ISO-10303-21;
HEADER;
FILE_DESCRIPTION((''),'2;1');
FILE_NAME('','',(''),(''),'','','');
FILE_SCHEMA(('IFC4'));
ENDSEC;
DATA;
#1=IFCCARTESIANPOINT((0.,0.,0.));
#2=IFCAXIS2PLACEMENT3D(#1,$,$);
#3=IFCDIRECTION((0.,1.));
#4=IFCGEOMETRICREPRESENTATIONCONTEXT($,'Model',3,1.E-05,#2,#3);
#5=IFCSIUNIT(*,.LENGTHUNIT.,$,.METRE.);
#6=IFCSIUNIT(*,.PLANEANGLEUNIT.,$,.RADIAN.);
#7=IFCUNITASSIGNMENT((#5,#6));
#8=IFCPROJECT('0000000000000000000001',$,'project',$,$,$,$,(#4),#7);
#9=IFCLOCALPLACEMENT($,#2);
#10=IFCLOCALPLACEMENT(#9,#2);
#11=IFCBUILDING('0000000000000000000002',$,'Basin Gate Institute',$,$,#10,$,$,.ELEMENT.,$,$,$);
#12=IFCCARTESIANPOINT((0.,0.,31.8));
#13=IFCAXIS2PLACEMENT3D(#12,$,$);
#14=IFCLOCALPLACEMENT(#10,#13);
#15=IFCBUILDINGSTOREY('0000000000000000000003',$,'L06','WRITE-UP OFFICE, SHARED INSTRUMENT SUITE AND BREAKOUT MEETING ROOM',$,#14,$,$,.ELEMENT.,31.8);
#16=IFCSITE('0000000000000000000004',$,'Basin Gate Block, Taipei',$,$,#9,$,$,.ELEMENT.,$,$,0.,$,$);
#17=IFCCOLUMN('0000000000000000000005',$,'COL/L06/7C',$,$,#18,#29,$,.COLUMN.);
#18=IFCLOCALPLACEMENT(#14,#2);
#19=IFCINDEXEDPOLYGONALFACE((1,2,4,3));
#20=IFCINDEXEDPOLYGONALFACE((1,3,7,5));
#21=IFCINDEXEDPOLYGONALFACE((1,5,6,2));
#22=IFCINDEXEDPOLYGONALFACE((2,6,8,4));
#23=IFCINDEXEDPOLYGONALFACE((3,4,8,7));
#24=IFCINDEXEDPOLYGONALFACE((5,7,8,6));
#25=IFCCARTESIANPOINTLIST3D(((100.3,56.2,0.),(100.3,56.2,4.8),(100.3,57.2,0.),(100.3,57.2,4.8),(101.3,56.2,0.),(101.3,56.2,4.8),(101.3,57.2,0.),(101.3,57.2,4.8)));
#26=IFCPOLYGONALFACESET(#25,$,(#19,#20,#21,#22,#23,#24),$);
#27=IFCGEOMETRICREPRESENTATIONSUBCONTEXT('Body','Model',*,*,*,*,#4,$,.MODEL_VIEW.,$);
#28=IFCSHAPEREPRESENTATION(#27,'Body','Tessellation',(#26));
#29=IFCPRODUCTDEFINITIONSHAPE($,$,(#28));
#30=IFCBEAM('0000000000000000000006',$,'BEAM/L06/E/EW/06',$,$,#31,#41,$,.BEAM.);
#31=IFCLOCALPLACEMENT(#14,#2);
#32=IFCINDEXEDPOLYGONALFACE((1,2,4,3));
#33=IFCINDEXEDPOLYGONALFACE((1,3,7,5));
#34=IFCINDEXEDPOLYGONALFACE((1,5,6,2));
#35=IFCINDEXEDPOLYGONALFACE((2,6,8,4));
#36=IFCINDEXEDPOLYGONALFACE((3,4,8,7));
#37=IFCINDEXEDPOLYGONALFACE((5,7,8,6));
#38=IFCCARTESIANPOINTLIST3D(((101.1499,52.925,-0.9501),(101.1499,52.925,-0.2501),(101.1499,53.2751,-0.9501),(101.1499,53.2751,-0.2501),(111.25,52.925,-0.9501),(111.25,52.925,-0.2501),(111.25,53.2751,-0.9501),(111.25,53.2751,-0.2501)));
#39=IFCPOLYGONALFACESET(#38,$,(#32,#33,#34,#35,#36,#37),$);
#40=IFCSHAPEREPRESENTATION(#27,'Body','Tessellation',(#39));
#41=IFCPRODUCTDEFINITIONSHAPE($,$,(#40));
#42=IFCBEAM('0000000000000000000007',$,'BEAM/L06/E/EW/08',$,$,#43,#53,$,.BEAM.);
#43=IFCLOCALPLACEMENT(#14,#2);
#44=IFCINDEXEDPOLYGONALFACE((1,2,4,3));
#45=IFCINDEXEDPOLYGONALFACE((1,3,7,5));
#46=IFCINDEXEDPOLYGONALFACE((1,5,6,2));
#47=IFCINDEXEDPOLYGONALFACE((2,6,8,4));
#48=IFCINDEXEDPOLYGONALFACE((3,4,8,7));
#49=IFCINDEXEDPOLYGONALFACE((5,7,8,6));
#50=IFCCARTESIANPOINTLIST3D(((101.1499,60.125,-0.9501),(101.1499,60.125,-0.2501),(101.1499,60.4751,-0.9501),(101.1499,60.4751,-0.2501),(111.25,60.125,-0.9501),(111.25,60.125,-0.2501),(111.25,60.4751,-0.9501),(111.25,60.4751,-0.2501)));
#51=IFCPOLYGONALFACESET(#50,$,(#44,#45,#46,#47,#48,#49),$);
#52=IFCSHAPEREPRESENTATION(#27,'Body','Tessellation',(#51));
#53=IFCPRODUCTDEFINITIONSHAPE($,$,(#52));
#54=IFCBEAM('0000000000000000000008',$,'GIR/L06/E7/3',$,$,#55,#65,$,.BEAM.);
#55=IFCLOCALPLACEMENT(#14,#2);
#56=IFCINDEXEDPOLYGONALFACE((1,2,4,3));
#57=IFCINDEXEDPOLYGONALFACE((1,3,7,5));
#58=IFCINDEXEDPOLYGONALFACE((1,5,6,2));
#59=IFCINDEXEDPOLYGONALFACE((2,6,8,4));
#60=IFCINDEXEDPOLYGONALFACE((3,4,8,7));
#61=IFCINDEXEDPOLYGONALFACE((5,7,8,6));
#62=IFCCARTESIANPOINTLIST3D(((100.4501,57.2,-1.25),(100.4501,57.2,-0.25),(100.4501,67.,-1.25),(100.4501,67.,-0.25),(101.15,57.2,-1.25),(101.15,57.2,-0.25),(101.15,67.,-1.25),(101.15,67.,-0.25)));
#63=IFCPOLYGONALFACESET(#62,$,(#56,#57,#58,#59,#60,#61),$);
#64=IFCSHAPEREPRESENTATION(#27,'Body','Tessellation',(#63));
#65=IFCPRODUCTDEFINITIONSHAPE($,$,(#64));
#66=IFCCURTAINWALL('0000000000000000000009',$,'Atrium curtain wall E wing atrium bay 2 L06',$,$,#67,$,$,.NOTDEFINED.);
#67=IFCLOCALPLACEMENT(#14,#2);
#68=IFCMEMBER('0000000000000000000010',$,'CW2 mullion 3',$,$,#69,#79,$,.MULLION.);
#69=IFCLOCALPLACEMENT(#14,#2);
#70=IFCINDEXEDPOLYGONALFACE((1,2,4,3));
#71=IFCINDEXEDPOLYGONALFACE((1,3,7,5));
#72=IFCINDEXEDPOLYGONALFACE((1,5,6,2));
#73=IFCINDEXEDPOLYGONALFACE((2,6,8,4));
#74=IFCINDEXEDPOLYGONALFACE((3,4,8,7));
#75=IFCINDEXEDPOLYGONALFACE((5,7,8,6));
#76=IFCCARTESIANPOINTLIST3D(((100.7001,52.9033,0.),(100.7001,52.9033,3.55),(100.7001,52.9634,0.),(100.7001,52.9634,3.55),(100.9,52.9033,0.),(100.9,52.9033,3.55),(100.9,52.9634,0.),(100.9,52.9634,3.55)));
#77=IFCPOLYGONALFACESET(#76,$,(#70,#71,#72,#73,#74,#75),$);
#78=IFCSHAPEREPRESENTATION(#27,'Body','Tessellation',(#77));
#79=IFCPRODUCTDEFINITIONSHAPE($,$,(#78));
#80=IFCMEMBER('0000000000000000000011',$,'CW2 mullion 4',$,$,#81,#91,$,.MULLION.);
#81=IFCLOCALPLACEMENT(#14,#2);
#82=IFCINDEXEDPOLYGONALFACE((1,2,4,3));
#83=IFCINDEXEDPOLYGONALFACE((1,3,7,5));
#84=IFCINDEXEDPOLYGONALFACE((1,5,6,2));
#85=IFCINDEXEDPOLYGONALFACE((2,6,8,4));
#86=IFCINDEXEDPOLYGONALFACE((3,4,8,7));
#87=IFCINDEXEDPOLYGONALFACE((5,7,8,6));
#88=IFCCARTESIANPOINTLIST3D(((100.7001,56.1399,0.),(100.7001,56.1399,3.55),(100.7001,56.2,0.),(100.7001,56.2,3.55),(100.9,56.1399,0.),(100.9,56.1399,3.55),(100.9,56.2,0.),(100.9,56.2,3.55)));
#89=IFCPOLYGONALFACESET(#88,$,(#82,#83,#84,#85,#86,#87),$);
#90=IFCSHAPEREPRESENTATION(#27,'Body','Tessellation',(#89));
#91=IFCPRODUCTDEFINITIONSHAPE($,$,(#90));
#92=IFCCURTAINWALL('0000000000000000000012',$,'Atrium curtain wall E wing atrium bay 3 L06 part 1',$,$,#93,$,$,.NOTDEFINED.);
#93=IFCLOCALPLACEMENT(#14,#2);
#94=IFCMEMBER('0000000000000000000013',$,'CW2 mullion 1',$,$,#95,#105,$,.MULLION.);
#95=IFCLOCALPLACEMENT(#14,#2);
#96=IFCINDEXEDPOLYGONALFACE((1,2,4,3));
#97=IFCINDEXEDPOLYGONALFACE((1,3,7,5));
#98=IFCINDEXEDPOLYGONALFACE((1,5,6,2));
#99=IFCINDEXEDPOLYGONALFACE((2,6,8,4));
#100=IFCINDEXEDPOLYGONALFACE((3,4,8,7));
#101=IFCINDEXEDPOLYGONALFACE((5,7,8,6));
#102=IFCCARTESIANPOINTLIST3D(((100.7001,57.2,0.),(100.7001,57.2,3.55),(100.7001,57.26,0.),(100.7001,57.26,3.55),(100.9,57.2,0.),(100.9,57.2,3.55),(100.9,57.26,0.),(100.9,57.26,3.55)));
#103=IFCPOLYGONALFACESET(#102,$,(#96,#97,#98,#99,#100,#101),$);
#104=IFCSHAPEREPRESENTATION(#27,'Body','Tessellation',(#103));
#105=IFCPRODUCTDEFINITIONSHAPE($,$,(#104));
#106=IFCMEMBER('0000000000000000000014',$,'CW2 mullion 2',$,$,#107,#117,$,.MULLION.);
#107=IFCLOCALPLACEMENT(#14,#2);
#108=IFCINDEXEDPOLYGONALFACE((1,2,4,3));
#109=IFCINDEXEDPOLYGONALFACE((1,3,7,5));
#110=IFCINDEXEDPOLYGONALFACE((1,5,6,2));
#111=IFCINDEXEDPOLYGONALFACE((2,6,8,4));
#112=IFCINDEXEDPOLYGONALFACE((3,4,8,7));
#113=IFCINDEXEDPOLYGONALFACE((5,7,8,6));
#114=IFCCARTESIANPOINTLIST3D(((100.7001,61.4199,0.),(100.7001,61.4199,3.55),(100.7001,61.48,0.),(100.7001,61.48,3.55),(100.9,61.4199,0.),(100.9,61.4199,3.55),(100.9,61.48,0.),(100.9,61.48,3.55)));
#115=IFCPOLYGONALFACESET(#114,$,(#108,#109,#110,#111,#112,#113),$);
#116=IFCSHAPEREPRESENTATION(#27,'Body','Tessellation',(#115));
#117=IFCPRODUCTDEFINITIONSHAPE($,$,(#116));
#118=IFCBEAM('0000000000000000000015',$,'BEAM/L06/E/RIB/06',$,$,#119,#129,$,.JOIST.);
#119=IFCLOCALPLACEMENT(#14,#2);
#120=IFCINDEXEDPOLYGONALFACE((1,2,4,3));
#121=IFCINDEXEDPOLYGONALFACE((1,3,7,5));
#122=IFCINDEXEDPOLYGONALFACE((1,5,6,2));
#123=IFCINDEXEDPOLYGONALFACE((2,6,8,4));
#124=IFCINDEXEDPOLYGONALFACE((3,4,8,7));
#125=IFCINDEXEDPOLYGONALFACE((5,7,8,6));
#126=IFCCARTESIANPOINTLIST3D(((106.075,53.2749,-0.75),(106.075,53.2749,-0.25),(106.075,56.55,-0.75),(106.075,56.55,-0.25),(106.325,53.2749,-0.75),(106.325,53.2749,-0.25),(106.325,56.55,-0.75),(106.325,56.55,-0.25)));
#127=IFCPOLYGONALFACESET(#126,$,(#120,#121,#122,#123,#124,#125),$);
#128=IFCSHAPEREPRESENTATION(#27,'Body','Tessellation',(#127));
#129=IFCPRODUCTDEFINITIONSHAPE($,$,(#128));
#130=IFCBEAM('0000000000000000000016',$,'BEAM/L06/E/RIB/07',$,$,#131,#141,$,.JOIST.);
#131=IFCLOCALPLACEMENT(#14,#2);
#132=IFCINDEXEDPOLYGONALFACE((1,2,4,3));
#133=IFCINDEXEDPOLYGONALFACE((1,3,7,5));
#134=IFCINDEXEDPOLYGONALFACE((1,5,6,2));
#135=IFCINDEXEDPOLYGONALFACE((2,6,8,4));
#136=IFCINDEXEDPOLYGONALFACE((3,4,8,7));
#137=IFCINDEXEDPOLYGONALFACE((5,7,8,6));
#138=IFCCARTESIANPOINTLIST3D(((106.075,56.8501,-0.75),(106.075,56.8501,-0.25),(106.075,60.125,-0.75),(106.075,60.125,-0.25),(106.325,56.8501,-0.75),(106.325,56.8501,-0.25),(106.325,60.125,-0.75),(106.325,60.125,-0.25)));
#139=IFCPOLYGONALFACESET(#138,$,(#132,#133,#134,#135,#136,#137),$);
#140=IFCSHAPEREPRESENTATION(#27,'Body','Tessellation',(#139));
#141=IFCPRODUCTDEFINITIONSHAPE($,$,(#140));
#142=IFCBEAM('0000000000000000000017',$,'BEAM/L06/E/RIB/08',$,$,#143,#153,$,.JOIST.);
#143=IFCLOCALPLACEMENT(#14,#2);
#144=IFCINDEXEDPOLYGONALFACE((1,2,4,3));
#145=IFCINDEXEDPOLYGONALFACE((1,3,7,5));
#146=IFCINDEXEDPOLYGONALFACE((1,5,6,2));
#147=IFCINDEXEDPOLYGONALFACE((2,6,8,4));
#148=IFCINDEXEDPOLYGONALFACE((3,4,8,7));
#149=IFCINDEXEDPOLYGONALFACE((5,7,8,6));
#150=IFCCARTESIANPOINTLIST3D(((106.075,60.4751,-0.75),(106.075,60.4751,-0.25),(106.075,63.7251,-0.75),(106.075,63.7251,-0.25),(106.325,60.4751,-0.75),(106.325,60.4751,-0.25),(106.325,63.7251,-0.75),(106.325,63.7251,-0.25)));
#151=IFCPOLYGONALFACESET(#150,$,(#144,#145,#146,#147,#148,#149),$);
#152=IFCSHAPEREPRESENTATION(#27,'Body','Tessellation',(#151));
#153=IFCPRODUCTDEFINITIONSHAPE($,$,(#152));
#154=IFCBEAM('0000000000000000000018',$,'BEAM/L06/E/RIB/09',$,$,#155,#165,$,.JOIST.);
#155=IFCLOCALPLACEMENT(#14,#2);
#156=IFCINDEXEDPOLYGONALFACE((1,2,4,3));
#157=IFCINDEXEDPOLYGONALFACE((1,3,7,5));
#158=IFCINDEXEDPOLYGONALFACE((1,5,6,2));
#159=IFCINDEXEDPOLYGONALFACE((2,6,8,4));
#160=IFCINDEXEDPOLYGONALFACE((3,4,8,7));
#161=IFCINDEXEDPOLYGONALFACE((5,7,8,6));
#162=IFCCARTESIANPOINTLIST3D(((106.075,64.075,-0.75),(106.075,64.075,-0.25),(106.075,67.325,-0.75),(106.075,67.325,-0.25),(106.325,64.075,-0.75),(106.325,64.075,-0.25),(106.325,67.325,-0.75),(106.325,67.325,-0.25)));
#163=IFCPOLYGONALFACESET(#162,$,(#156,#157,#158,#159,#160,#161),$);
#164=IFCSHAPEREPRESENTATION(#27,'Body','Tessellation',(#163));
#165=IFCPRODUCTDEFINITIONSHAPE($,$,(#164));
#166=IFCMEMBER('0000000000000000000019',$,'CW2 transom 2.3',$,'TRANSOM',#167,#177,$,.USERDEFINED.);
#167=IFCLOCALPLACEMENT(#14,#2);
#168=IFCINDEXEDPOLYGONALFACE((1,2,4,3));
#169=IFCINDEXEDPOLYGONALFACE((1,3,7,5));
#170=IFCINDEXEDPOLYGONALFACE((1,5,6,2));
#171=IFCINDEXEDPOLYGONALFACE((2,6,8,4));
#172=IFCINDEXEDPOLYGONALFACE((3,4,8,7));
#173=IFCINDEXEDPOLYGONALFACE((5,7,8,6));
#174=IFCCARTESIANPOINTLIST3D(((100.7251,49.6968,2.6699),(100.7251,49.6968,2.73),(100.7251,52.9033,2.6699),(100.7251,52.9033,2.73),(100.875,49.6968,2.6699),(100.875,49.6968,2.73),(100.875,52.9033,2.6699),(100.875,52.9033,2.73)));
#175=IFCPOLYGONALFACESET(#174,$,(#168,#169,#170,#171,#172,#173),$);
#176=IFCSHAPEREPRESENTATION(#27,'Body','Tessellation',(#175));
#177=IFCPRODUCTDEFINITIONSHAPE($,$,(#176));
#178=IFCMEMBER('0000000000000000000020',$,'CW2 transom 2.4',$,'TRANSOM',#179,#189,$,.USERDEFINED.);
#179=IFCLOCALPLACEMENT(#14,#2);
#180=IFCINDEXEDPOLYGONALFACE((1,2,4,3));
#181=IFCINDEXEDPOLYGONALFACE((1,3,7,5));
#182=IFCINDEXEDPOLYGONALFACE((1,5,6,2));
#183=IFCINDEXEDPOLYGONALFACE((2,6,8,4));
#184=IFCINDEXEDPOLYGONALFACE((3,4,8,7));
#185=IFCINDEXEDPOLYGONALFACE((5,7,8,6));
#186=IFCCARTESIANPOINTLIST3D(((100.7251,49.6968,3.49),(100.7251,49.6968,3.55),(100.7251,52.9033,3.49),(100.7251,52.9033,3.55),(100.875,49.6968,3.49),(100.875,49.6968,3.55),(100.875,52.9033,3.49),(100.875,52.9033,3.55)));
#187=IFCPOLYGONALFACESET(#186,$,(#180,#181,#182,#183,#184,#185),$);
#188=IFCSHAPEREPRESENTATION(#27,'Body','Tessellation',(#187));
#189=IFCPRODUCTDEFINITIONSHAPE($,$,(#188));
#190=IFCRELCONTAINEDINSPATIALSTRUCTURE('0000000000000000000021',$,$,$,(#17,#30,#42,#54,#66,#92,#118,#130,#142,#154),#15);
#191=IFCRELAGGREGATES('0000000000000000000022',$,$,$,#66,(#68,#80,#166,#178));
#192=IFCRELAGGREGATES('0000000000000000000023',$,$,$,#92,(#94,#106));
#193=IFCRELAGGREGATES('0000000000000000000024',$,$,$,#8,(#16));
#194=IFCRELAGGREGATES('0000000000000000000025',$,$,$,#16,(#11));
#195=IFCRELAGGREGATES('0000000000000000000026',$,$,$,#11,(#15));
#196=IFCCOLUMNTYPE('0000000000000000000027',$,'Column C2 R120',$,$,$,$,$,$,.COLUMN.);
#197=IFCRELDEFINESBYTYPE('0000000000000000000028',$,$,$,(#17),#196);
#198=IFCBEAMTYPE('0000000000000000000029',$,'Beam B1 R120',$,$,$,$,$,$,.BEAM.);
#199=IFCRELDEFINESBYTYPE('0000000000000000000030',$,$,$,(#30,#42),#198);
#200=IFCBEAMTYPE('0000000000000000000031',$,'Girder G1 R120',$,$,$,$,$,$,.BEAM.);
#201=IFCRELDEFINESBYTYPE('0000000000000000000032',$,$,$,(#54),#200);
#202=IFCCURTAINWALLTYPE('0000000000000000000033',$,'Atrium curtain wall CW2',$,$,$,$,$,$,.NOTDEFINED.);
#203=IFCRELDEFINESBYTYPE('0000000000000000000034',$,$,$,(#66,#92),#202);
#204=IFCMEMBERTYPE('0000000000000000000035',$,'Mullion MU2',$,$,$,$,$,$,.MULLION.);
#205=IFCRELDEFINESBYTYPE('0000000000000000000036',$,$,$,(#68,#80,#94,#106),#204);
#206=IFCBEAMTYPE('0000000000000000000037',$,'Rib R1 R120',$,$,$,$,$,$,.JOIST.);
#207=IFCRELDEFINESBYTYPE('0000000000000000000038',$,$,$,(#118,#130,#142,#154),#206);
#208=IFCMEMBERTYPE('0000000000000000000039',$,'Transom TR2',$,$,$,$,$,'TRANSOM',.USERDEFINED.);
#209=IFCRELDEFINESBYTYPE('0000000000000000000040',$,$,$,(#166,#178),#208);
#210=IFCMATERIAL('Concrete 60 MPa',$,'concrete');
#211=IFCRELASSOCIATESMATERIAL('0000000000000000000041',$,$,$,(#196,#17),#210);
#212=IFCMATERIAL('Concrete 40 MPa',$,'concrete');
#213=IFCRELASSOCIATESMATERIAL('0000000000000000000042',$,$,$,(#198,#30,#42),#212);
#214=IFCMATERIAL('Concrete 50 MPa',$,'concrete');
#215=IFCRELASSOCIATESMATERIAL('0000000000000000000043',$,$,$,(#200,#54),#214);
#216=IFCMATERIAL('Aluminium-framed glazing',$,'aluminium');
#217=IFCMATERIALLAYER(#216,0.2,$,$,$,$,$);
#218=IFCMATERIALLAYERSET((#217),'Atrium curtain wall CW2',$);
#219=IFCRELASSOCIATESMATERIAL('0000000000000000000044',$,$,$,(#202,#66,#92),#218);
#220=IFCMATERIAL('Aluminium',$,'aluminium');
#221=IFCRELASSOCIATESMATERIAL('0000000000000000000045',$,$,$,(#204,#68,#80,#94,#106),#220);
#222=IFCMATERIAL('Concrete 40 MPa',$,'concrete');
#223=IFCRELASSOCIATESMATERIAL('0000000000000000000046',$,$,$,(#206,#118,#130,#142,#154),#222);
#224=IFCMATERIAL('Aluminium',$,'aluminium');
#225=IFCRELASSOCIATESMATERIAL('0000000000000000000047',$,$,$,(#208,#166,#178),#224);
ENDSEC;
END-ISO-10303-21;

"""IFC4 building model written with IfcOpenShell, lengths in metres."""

from ifc_helpers import new_model, si_unit, direction, frame, origin, origin_2d, place, context, subcontext, project, spatial, rectangle, extrude, material, layer, layer_set, material_profile, profile_set, type_object, element, aggregate, save


model = new_model("IFC4")

# Units and contexts
model_context = context("Model", 3, precision=1e-05, world=origin(), true_north=direction((0.0, 1.0)))
body_context = subcontext(model_context, "Body", "Model", "MODEL_VIEW")
ifc_project = project(units=[si_unit("LENGTHUNIT", "METRE"), si_unit("PLANEANGLEUNIT", "RADIAN")], contexts=[model_context])

# Site, building, storey
site_placement = place(None, origin())
site = spatial("IfcSite", under=ifc_project, at=site_placement, Name="Basin Gate Block, Taipei", CompositionType="ELEMENT", RefElevation=0.0)
building_placement = place(site_placement, origin())
building = spatial("IfcBuilding", under=site, at=building_placement, Name="Basin Gate Institute", CompositionType="ELEMENT")
storey_placement = place(building_placement, frame((0.0, 0.0, 31.8)))
storey = spatial("IfcBuildingStorey", under=building, at=storey_placement, Name="L06", Description="WRITE-UP OFFICE, SHARED INSTRUMENT SUITE AND BREAKOUT MEETING ROOM", CompositionType="ELEMENT", Elevation=31.8)

# Column
ifc_material_1 = material(Name="Concrete 60 MPa", Category="concrete")
ifc_material_profile_1 = material_profile(ifc_material_1, rectangle(XDim=1.0, YDim=1.0, at=origin_2d()), Name="Column C2 1000 x 1000")
ifc_profile_set_1 = profile_set([ifc_material_profile_1], Name="Concrete 60 MPa")
column_type = type_object("IfcColumnType", Name="Column C2 R120", PredefinedType="COLUMN", material=ifc_profile_set_1)
column_placement = place(storey_placement, frame((100.8, 56.7, 0.0), z_axis=(0.0, 0.0, 1.0), x_axis=(1.0, 0.0, 0.0)))
element("IfcColumn", 1, at=column_placement, inside=storey, type_object=column_type, material=ifc_profile_set_1, Name="COL/L06/7C", PredefinedType="COLUMN", context=body_context, shape_type="SweptSolid", body=[
    extrude(rectangle(XDim=1.0, YDim=1.0, at=origin_2d()), origin(), (0.0, 0.0, 1.0), 4.8),
])

# Beams
ifc_material_2 = material(Name="Concrete 40 MPa", Category="concrete")
ifc_material_profile_2 = material_profile(ifc_material_2, rectangle(XDim=0.3501, YDim=0.7, at=origin_2d()), Name="Beam B1 350 x 700")
ifc_profile_set_2 = profile_set([ifc_material_profile_2], Name="Concrete 40 MPa")
beam_type_1 = type_object("IfcBeamType", Name="Beam B1 R120", PredefinedType="BEAM", material=ifc_profile_set_2)
for number, where, z_axis, x_axis, name in (
    (2, (111.25, 53.1001, -0.6001), (-1.0, 0.0, 0.0), (0.0, -1.0, 0.0), "BEAM/L06/E/EW/06"),
    (3, (111.25, 60.3, -0.6001), (-1.0, 0.0, 0.0), (0.0, -1.0, 0.0), "BEAM/L06/E/EW/08"),
):
    element("IfcBeam", number, at=place(storey_placement, frame(where, z_axis=z_axis, x_axis=x_axis)), inside=storey, type_object=beam_type_1, material=ifc_profile_set_2, Name=name, PredefinedType="BEAM", context=body_context, shape_type="SweptSolid", body=[
        extrude(rectangle(XDim=0.3501, YDim=0.7, at=origin_2d()), origin(), (0.0, 0.0, 1.0), 10.1001),
    ])
ifc_material_3 = material(Name="Concrete 50 MPa", Category="concrete")
ifc_material_profile_3 = material_profile(ifc_material_3, rectangle(XDim=0.7, YDim=1.0, at=origin_2d()), Name="Girder G1 700 x 1000")
ifc_profile_set_3 = profile_set([ifc_material_profile_3], Name="Concrete 50 MPa")
beam_type_2 = type_object("IfcBeamType", Name="Girder G1 R120", PredefinedType="BEAM", material=ifc_profile_set_3)
beam_1_placement = place(storey_placement, frame((100.8, 57.2, -0.75), z_axis=(0.0, 1.0, 0.0), x_axis=(-1.0, 0.0, 0.0)))
element("IfcBeam", 4, at=beam_1_placement, inside=storey, type_object=beam_type_2, material=ifc_profile_set_3, Name="GIR/L06/E7/3", PredefinedType="BEAM", context=body_context, shape_type="SweptSolid", body=[
    extrude(rectangle(XDim=0.7, YDim=1.0, at=origin_2d()), origin(), (0.0, 0.0, 1.0), 9.8),
])

# Curtain walls, members
ifc_material_4 = material(Name="Aluminium-framed glazing", Category="aluminium")
ifc_layer_1 = layer(ifc_material_4, 0.2)
ifc_layer_set_1 = layer_set([ifc_layer_1], Name="Atrium curtain wall CW2")
curtain_wall_type = type_object("IfcCurtainWallType", Name="Atrium curtain wall CW2", PredefinedType="NOTDEFINED", material=ifc_layer_set_1)
curtain_wall_1_placement = place(storey_placement, origin())
curtain_wall_1 = element("IfcCurtainWall", 5, at=curtain_wall_1_placement, inside=storey, type_object=curtain_wall_type, material=ifc_layer_set_1, Name="Atrium curtain wall E wing atrium bay 2 L06", PredefinedType="NOTDEFINED")
ifc_material_5 = material(Name="Aluminium", Category="aluminium")
ifc_material_profile_4 = material_profile(ifc_material_5, rectangle(XDim=0.2, YDim=0.0601, at=origin_2d()), Name="Mullion MU2 200 x 60")
ifc_profile_set_4 = profile_set([ifc_material_profile_4], Name="Aluminium")
member_type_1 = type_object("IfcMemberType", Name="Mullion MU2", PredefinedType="MULLION", material=ifc_profile_set_4)
member_1_placement = place(storey_placement, frame((100.8, 52.9333, 0.0), z_axis=(0.0, 0.0, 1.0), x_axis=(-1.0, 0.0, 0.0)))
member_1 = element("IfcMember", 6, at=member_1_placement, type_object=member_type_1, material=ifc_profile_set_4, Name="CW2 mullion 3", PredefinedType="MULLION", context=body_context, shape_type="SweptSolid", body=[
    extrude(rectangle(XDim=0.2, YDim=0.0601, at=origin_2d()), origin(), (0.0, 0.0, 1.0), 3.55),
])
member_2_placement = place(storey_placement, frame((100.8, 56.1699, 0.0), z_axis=(0.0, 0.0, 1.0), x_axis=(-1.0, 0.0, 0.0)))
member_2 = element("IfcMember", 7, at=member_2_placement, type_object=member_type_1, material=ifc_profile_set_4, Name="CW2 mullion 4", PredefinedType="MULLION", context=body_context, shape_type="SweptSolid", body=[
    extrude(rectangle(XDim=0.2, YDim=0.0601, at=origin_2d()), origin(), (0.0, 0.0, 1.0), 3.55),
])
curtain_wall_2_placement = place(storey_placement, origin())
curtain_wall_2 = element("IfcCurtainWall", 8, at=curtain_wall_2_placement, inside=storey, type_object=curtain_wall_type, material=ifc_layer_set_1, Name="Atrium curtain wall E wing atrium bay 3 L06 part 1", PredefinedType="NOTDEFINED")
member_3_placement = place(storey_placement, frame((100.8, 57.23, 0.0), z_axis=(0.0, 0.0, 1.0), x_axis=(-1.0, 0.0, 0.0)))
member_3 = element("IfcMember", 9, at=member_3_placement, type_object=member_type_1, material=ifc_profile_set_4, Name="CW2 mullion 1", PredefinedType="MULLION", context=body_context, shape_type="SweptSolid", body=[
    extrude(rectangle(XDim=0.2, YDim=0.0601, at=origin_2d()), origin(), (0.0, 0.0, 1.0), 3.55),
])
member_4_placement = place(storey_placement, frame((100.8, 61.45, 0.0), z_axis=(0.0, 0.0, 1.0), x_axis=(-1.0, 0.0, 0.0)))
member_4 = element("IfcMember", 10, at=member_4_placement, type_object=member_type_1, material=ifc_profile_set_4, Name="CW2 mullion 2", PredefinedType="MULLION", context=body_context, shape_type="SweptSolid", body=[
    extrude(rectangle(XDim=0.2, YDim=0.0601, at=origin_2d()), origin(), (0.0, 0.0, 1.0), 3.55),
])

# Beams
ifc_material_6 = material(Name="Concrete 40 MPa", Category="concrete")
ifc_material_profile_5 = material_profile(ifc_material_6, rectangle(XDim=0.25, YDim=0.5, at=origin_2d()), Name="Rib R1 250 x 500")
ifc_profile_set_5 = profile_set([ifc_material_profile_5], Name="Concrete 40 MPa")
beam_type_3 = type_object("IfcBeamType", Name="Rib R1 R120", PredefinedType="JOIST", material=ifc_profile_set_5)
beam_2_placement = place(storey_placement, frame((106.2, 53.2749, -0.5), z_axis=(0.0, 1.0, 0.0), x_axis=(-1.0, 0.0, 0.0)))
element("IfcBeam", 11, at=beam_2_placement, inside=storey, type_object=beam_type_3, material=ifc_profile_set_5, Name="BEAM/L06/E/RIB/06", PredefinedType="JOIST", context=body_context, shape_type="SweptSolid", body=[
    extrude(rectangle(XDim=0.25, YDim=0.5, at=origin_2d()), origin(), (0.0, 0.0, 1.0), 3.2751),
])
beam_3_placement = place(storey_placement, frame((106.2, 56.8501, -0.5), z_axis=(0.0, 1.0, 0.0), x_axis=(-1.0, 0.0, 0.0)))
element("IfcBeam", 12, at=beam_3_placement, inside=storey, type_object=beam_type_3, material=ifc_profile_set_5, Name="BEAM/L06/E/RIB/07", PredefinedType="JOIST", context=body_context, shape_type="SweptSolid", body=[
    extrude(rectangle(XDim=0.25, YDim=0.5, at=origin_2d()), origin(), (0.0, 0.0, 1.0), 3.2749),
])
for number, where, z_axis, x_axis, name in (
    (13, (106.2, 60.4751, -0.5), (0.0, 1.0, 0.0), (-1.0, 0.0, 0.0), "BEAM/L06/E/RIB/08"),
    (14, (106.2, 64.075, -0.5), (0.0, 1.0, 0.0), (-1.0, 0.0, 0.0), "BEAM/L06/E/RIB/09"),
):
    element("IfcBeam", number, at=place(storey_placement, frame(where, z_axis=z_axis, x_axis=x_axis)), inside=storey, type_object=beam_type_3, material=ifc_profile_set_5, Name=name, PredefinedType="JOIST", context=body_context, shape_type="SweptSolid", body=[
        extrude(rectangle(XDim=0.25, YDim=0.5, at=origin_2d()), origin(), (0.0, 0.0, 1.0), 3.25),
    ])

# Members
ifc_material_7 = material(Name="Aluminium", Category="aluminium")
ifc_material_profile_6 = material_profile(ifc_material_7, rectangle(XDim=0.1499, YDim=0.0601, at=origin_2d()), Name="Transom TR2 150 x 60")
ifc_profile_set_6 = profile_set([ifc_material_profile_6], Name="Aluminium")
member_type_2 = type_object("IfcMemberType", Name="Transom TR2", ElementType="TRANSOM", PredefinedType="USERDEFINED", material=ifc_profile_set_6)
member_5_placement = place(storey_placement, frame((100.8, 49.6968, 2.7), z_axis=(0.0, 1.0, 0.0), x_axis=(-1.0, 0.0, 0.0)))
member_5 = element("IfcMember", 15, at=member_5_placement, type_object=member_type_2, material=ifc_profile_set_6, Name="CW2 transom 2.3", ObjectType="TRANSOM", PredefinedType="USERDEFINED", context=body_context, shape_type="SweptSolid", body=[
    extrude(rectangle(XDim=0.1499, YDim=0.0601, at=origin_2d()), origin(), (0.0, 0.0, 1.0), 3.2065),
])
member_6_placement = place(storey_placement, frame((100.8, 49.6968, 3.52), z_axis=(0.0, 1.0, 0.0), x_axis=(-1.0, 0.0, 0.0)))
member_6 = element("IfcMember", 16, at=member_6_placement, type_object=member_type_2, material=ifc_profile_set_6, Name="CW2 transom 2.4", ObjectType="TRANSOM", PredefinedType="USERDEFINED", context=body_context, shape_type="SweptSolid", body=[
    extrude(rectangle(XDim=0.1499, YDim=0.0601, at=origin_2d()), origin(), (0.0, 0.0, 1.0), 3.2065),
])

aggregate(curtain_wall_1, [member_1, member_2, member_5, member_6])
aggregate(curtain_wall_2, [member_3, member_4])

save(model, "model.ifc")
